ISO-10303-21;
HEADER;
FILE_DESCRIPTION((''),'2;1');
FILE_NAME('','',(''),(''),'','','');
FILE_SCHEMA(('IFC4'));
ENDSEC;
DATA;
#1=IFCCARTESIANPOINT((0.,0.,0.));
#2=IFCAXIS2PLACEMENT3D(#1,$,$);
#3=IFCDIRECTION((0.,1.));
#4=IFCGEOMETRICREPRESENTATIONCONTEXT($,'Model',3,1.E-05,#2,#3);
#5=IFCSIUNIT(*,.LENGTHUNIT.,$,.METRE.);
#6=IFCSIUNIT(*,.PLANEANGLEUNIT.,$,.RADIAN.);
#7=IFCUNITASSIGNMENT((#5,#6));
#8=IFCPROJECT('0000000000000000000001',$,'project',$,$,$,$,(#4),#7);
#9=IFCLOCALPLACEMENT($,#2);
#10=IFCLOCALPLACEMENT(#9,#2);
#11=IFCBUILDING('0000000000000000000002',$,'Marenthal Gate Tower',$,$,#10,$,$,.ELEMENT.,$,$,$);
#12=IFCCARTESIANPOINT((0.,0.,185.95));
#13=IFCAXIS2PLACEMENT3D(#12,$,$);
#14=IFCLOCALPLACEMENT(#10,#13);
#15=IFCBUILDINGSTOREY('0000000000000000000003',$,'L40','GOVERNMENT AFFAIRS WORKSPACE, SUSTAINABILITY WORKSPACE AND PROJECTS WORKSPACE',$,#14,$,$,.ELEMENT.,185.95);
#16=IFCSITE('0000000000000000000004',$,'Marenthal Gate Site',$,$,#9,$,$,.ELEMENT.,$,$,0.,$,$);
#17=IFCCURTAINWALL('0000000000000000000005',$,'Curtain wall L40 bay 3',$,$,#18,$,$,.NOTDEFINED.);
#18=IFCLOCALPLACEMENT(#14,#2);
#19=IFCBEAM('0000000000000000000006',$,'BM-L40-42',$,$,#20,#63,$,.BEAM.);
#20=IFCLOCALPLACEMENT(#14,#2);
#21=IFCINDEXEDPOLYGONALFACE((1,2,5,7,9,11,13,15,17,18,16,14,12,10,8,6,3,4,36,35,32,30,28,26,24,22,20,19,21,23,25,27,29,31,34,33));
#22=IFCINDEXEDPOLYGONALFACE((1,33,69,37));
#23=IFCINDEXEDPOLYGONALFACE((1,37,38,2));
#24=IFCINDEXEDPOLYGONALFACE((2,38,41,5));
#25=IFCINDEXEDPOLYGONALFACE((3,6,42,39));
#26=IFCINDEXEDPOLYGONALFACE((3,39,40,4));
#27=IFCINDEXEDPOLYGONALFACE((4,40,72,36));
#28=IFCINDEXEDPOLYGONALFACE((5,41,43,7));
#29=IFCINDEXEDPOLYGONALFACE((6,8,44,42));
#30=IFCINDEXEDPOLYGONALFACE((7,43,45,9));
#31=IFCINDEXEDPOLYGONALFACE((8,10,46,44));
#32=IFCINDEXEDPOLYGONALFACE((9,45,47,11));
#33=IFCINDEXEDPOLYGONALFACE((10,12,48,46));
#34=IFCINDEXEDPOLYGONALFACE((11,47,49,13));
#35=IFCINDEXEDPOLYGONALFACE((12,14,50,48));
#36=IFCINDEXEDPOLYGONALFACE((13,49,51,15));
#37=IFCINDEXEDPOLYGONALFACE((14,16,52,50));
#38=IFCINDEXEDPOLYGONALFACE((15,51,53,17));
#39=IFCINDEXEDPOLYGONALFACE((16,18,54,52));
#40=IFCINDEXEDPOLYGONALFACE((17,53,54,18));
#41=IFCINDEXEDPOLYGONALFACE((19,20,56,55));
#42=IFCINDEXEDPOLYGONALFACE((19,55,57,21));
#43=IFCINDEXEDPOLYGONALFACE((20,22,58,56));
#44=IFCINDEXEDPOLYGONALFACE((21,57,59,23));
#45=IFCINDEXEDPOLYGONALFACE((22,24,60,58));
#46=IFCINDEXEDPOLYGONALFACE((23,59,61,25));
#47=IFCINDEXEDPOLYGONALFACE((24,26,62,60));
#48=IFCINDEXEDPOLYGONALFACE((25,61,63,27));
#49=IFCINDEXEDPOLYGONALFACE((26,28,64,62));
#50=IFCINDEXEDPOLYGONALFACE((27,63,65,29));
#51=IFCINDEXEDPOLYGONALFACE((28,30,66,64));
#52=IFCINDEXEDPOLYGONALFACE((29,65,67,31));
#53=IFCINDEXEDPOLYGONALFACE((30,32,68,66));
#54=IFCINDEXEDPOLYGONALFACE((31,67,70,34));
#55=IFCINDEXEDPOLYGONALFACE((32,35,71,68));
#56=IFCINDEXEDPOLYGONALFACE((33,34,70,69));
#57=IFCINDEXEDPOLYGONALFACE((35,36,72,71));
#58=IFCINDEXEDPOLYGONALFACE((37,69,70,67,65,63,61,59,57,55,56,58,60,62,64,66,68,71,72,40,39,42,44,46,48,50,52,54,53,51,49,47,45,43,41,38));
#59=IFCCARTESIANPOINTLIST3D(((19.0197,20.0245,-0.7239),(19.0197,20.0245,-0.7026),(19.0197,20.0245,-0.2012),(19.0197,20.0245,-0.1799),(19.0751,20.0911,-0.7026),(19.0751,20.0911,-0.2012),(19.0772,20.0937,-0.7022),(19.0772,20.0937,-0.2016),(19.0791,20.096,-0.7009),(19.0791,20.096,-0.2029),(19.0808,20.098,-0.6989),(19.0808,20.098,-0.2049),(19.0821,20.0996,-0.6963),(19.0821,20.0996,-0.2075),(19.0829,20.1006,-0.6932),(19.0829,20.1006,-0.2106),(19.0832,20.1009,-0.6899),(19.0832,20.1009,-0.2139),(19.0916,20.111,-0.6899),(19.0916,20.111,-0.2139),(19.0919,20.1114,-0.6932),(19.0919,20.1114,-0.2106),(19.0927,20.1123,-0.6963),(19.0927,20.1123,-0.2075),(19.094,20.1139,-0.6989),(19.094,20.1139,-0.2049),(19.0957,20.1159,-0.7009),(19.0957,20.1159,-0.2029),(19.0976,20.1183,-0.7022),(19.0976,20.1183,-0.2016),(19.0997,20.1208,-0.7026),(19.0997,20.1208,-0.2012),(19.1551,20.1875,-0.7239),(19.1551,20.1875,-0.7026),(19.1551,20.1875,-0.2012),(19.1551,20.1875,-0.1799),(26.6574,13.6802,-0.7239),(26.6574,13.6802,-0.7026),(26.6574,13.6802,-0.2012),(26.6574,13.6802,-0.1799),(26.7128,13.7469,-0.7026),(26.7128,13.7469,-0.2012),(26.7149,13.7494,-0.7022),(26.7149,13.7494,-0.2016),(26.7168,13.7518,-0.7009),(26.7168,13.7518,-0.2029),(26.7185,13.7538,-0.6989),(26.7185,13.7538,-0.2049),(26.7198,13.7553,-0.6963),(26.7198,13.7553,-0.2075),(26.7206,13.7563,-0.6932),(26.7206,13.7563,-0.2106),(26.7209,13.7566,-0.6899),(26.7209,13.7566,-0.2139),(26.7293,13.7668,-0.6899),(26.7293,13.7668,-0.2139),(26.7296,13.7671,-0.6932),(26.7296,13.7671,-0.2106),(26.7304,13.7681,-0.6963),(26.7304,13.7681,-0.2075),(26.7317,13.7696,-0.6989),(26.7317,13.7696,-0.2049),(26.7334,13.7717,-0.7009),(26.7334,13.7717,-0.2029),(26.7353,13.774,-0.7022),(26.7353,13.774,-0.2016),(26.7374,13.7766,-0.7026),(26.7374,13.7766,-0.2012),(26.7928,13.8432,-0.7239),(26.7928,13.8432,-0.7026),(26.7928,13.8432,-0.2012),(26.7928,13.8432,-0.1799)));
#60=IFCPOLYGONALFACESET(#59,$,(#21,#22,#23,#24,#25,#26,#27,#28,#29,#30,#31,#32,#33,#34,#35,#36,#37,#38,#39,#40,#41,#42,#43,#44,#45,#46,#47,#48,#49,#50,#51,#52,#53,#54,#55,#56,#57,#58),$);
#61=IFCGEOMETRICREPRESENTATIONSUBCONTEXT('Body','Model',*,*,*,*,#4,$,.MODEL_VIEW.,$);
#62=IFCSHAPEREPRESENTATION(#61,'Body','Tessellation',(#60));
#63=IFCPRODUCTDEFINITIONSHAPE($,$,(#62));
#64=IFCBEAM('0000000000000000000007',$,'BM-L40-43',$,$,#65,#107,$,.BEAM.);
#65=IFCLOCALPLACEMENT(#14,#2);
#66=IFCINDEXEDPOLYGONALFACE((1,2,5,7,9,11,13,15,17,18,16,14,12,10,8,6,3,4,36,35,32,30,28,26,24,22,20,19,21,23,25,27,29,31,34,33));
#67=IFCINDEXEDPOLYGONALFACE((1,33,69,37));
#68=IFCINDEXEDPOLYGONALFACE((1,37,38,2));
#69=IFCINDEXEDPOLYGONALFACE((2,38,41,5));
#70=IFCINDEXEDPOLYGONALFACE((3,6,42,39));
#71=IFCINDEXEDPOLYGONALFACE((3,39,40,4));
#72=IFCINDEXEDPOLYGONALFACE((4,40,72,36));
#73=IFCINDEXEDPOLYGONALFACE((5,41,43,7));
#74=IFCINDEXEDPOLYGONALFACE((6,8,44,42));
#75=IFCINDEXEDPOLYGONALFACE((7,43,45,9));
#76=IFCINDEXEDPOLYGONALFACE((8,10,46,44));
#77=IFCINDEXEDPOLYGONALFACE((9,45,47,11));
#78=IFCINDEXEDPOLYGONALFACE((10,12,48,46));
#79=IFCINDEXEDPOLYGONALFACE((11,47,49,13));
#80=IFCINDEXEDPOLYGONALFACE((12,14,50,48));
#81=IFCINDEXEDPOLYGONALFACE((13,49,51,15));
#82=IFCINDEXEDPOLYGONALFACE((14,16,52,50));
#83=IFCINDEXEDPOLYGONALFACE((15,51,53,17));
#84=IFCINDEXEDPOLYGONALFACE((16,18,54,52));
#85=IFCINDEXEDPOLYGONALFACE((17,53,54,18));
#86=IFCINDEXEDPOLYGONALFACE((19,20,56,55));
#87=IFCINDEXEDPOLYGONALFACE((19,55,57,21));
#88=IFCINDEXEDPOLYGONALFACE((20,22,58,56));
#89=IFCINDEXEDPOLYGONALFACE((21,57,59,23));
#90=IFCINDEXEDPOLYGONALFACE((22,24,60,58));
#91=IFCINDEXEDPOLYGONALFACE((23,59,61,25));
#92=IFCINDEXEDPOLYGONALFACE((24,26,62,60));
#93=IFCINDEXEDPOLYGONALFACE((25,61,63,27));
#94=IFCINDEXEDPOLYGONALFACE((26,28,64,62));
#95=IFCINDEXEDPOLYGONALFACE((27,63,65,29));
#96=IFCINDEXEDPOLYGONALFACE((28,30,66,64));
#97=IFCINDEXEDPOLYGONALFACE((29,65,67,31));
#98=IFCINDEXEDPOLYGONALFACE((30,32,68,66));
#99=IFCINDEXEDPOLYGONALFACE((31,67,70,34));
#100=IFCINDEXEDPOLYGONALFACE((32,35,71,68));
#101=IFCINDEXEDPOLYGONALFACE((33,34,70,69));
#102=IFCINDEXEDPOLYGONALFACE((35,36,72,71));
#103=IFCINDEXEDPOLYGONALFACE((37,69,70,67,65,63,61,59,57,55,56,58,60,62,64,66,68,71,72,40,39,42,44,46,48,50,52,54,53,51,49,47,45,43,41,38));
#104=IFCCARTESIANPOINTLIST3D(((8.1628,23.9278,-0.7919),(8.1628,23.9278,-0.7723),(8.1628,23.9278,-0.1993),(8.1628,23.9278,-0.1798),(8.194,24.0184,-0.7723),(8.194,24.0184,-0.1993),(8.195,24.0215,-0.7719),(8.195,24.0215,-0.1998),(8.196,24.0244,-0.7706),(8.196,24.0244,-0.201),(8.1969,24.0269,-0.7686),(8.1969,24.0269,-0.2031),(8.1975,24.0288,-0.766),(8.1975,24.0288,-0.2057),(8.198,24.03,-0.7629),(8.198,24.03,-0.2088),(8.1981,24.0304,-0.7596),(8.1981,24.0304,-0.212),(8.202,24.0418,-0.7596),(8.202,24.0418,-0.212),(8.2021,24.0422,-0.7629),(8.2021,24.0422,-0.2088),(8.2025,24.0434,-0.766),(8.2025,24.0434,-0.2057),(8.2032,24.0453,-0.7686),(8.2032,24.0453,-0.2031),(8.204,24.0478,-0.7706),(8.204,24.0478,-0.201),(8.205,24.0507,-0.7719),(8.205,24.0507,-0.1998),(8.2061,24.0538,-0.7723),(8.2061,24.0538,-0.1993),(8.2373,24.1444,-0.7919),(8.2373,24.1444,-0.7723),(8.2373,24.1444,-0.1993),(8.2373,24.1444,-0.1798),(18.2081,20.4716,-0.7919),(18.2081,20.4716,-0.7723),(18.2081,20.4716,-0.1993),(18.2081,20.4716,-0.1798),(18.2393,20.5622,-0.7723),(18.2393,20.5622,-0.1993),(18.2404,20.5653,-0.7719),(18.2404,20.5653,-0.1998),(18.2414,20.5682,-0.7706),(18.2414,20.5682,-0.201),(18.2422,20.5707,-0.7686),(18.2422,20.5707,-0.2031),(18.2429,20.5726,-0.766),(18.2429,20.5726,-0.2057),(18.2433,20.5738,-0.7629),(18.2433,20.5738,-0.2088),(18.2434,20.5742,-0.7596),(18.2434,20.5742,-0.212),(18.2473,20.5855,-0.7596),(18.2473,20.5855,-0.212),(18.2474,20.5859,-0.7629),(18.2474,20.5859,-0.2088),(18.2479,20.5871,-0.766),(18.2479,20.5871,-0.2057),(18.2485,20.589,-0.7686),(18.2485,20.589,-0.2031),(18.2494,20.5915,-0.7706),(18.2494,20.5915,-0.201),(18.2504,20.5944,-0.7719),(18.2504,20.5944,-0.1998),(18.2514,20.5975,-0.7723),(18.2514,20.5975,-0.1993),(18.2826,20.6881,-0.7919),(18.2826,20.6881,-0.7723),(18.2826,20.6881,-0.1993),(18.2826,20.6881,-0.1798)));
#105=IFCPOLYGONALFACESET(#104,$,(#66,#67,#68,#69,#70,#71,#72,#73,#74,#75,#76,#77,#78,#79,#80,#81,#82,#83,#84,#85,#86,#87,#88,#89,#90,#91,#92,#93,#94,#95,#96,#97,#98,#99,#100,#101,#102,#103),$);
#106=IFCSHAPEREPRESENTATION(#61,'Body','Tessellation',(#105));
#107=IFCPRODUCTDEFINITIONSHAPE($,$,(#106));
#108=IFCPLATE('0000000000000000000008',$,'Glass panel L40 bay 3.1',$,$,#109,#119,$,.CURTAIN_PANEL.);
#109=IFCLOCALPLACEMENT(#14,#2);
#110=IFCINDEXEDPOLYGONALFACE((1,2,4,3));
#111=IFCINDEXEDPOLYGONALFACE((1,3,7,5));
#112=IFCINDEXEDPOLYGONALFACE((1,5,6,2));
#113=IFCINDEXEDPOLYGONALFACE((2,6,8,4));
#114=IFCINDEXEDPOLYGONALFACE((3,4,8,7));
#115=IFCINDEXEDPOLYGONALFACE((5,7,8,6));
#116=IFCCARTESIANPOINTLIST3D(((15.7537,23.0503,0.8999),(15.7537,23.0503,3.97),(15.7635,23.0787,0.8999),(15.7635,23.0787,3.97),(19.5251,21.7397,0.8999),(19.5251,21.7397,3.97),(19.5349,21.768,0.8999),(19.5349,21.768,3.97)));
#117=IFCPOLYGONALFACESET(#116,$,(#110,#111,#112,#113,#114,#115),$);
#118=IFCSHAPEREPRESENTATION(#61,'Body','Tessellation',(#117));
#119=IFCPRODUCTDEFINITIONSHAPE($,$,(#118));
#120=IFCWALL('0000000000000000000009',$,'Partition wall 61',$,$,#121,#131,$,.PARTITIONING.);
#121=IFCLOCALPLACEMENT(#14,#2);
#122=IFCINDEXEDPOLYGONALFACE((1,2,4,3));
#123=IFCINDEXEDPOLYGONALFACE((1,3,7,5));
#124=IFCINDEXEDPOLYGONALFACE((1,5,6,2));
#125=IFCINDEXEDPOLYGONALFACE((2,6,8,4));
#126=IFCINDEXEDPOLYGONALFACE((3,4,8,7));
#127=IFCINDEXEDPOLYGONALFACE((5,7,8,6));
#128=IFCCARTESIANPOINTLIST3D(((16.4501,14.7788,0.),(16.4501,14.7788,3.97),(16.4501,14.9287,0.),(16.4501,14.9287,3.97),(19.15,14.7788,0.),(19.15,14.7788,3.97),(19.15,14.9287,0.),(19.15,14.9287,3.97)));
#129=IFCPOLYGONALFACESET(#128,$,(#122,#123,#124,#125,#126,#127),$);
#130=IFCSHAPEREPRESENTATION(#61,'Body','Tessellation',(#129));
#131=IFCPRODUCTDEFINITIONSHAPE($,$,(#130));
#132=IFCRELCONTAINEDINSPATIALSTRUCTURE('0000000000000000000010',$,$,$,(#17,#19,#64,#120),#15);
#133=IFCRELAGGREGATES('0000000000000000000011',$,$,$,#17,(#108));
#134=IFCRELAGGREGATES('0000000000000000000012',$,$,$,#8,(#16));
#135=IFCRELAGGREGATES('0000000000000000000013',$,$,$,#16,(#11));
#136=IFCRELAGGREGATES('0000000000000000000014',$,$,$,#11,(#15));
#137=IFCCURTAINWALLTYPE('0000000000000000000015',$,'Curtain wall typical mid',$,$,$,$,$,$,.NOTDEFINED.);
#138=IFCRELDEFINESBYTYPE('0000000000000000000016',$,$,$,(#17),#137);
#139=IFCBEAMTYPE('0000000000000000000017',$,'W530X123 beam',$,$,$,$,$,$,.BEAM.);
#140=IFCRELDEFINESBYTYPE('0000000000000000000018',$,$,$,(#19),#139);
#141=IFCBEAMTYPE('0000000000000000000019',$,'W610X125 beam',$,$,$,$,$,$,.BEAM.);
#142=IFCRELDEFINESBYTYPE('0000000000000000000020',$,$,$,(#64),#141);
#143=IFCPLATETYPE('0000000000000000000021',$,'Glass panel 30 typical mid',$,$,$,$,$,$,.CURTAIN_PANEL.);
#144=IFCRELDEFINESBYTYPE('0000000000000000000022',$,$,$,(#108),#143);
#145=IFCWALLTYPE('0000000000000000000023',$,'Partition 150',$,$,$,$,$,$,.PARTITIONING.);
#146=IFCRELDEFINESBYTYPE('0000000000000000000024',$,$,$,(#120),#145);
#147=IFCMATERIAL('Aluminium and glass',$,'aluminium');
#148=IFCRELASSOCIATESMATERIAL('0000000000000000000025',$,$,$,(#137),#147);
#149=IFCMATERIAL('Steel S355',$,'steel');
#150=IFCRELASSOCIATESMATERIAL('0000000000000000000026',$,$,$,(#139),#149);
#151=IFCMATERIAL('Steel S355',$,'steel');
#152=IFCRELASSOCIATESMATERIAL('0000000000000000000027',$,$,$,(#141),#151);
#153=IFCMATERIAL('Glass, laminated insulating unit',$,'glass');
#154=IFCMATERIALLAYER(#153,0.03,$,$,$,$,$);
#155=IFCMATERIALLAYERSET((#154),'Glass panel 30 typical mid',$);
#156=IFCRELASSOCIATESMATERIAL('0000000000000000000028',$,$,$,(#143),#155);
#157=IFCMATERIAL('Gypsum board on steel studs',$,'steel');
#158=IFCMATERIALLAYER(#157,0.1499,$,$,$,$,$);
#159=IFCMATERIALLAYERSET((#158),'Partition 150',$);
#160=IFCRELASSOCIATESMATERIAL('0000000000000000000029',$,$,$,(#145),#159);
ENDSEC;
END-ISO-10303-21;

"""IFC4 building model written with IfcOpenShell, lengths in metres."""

from ifc_helpers import new_model, si_unit, direction, frame, frame_2d, origin, origin_2d, place, context, subcontext, project, spatial, rectangle, i_section, extrude, material, layer, layer_set, material_profile, profile_set, type_object, element, aggregate, save


model = new_model("IFC4")

# Units and contexts
model_context = context("Model", 3, precision=1e-05, world=origin(), true_north=direction((0.0, 1.0)))
body_context = subcontext(model_context, "Body", "Model", "MODEL_VIEW")
ifc_project = project(units=[si_unit("LENGTHUNIT", "METRE"), si_unit("PLANEANGLEUNIT", "RADIAN")], contexts=[model_context])

# Site, building, storey
site_placement = place(None, origin())
site = spatial("IfcSite", under=ifc_project, at=site_placement, Name="Marenthal Gate Site", CompositionType="ELEMENT", RefElevation=0.0)
building_placement = place(site_placement, origin())
building = spatial("IfcBuilding", under=site, at=building_placement, Name="Marenthal Gate Tower", CompositionType="ELEMENT")
storey_placement = place(building_placement, frame((0.0, 0.0, 185.95)))
storey = spatial("IfcBuildingStorey", under=building, at=storey_placement, Name="L40", Description="GOVERNMENT AFFAIRS WORKSPACE, SUSTAINABILITY WORKSPACE AND PROJECTS WORKSPACE", CompositionType="ELEMENT", Elevation=185.95)

# Shared definitions
ifc_material_1 = material(Name="Aluminium and glass", Category="aluminium")
curtain_wall_type = type_object("IfcCurtainWallType", Name="Curtain wall typical mid", PredefinedType="NOTDEFINED", material=ifc_material_1)

# Curtain wall
curtain_wall_1_placement = place(storey_placement, origin())
curtain_wall_1 = element("IfcCurtainWall", 1, at=curtain_wall_1_placement, inside=storey, type_object=curtain_wall_type, Name="Curtain wall L40 bay 3", PredefinedType="NOTDEFINED")

# Beams
ifc_material_2 = material(Name="Steel S355", Category="steel")
ifc_material_profile_1 = material_profile(ifc_material_2, i_section(OverallWidth=0.2119, OverallDepth=0.5439, WebThickness=0.0132, FlangeThickness=0.0212, FilletRadius=0.0127, at=origin_2d()), Name="W530X123")
ifc_profile_set_1 = profile_set([ifc_material_profile_1], Name="Steel S355")
beam_type_1 = type_object("IfcBeamType", Name="W530X123 beam", PredefinedType="BEAM", material=ifc_profile_set_1)
beam_1_placement = place(storey_placement, frame((26.7251, 13.7617, -0.4519), z_axis=(-0.769236, 0.638965, 0.0), x_axis=(-0.638965, -0.769236, 0.0)))
element("IfcBeam", 2, at=beam_1_placement, inside=storey, type_object=beam_type_1, Name="BM-L40-42", PredefinedType="BEAM", context=body_context, shape_type="SweptSolid", body=[
    extrude(i_section(OverallWidth=0.2119, OverallDepth=0.5439, WebThickness=0.0132, FlangeThickness=0.0212, FilletRadius=0.0127, at=origin_2d()), origin(), (0.0, 0.0, 1.0), 9.929),
])
ifc_material_3 = material(Name="Steel S355", Category="steel")
ifc_material_profile_2 = material_profile(ifc_material_3, i_section(OverallWidth=0.229, OverallDepth=0.6121, WebThickness=0.012, FlangeThickness=0.0195, FilletRadius=0.0127, at=origin_2d()), Name="W610X125")
ifc_profile_set_2 = profile_set([ifc_material_profile_2], Name="Steel S355")
beam_type_2 = type_object("IfcBeamType", Name="W610X125 beam", PredefinedType="BEAM", material=ifc_profile_set_2)
beam_2_placement = place(storey_placement, frame((18.2454, 20.5798, -0.4858), z_axis=(-0.945594, 0.325348, 0.0), x_axis=(-0.325348, -0.945594, 0.0)))
element("IfcBeam", 3, at=beam_2_placement, inside=storey, type_object=beam_type_2, Name="BM-L40-43", PredefinedType="BEAM", context=body_context, shape_type="SweptSolid", body=[
    extrude(i_section(OverallWidth=0.229, OverallDepth=0.6121, WebThickness=0.012, FlangeThickness=0.0195, FilletRadius=0.0127, at=origin_2d()), origin(), (0.0, 0.0, 1.0), 10.6233),
])

# Plate
ifc_material_4 = material(Name="Glass, laminated insulating unit", Category="glass")
ifc_layer_1 = layer(ifc_material_4, 0.03)
ifc_layer_set_1 = layer_set([ifc_layer_1], Name="Glass panel 30 typical mid")
plate_type = type_object("IfcPlateType", Name="Glass panel 30 typical mid", PredefinedType="CURTAIN_PANEL", material=ifc_layer_set_1)
plate_placement = place(storey_placement, frame((17.6443, 22.4092, 0.8999), z_axis=(0.0, 0.0, 1.0), x_axis=(-0.944583, 0.328273, 0.0)))
plate = element("IfcPlate", 4, at=plate_placement, type_object=plate_type, Name="Glass panel L40 bay 3.1", PredefinedType="CURTAIN_PANEL", context=body_context, shape_type="SweptSolid", body=[
    extrude(rectangle(XDim=3.9927, YDim=0.03, at=origin_2d()), origin(), (0.0, 0.0, 1.0), 3.0701),
])
aggregate(curtain_wall_1, [plate])

# Wall
ifc_material_5 = material(Name="Gypsum board on steel studs", Category="steel")
ifc_layer_2 = layer(ifc_material_5, 0.1499)
ifc_layer_set_2 = layer_set([ifc_layer_2], Name="Partition 150")
wall_type_1 = type_object("IfcWallType", Name="Partition 150", PredefinedType="PARTITIONING", material=ifc_layer_set_2)
wall_1_placement = place(storey_placement, frame((16.45, 14.8538, 0.0), z_axis=(0.0, 0.0, 1.0), x_axis=(1.0, 0.0, 0.0)))
element("IfcWall", 5, at=wall_1_placement, inside=storey, type_object=wall_type_1, Name="Partition wall 61", PredefinedType="PARTITIONING", context=body_context, shape_type="SweptSolid", body=[
    extrude(rectangle(XDim=2.7, YDim=0.1499, at=frame_2d((1.3501, 0.0))), origin(), (0.0, 0.0, 1.0), 3.97),
])

save(model, "model.ifc")
